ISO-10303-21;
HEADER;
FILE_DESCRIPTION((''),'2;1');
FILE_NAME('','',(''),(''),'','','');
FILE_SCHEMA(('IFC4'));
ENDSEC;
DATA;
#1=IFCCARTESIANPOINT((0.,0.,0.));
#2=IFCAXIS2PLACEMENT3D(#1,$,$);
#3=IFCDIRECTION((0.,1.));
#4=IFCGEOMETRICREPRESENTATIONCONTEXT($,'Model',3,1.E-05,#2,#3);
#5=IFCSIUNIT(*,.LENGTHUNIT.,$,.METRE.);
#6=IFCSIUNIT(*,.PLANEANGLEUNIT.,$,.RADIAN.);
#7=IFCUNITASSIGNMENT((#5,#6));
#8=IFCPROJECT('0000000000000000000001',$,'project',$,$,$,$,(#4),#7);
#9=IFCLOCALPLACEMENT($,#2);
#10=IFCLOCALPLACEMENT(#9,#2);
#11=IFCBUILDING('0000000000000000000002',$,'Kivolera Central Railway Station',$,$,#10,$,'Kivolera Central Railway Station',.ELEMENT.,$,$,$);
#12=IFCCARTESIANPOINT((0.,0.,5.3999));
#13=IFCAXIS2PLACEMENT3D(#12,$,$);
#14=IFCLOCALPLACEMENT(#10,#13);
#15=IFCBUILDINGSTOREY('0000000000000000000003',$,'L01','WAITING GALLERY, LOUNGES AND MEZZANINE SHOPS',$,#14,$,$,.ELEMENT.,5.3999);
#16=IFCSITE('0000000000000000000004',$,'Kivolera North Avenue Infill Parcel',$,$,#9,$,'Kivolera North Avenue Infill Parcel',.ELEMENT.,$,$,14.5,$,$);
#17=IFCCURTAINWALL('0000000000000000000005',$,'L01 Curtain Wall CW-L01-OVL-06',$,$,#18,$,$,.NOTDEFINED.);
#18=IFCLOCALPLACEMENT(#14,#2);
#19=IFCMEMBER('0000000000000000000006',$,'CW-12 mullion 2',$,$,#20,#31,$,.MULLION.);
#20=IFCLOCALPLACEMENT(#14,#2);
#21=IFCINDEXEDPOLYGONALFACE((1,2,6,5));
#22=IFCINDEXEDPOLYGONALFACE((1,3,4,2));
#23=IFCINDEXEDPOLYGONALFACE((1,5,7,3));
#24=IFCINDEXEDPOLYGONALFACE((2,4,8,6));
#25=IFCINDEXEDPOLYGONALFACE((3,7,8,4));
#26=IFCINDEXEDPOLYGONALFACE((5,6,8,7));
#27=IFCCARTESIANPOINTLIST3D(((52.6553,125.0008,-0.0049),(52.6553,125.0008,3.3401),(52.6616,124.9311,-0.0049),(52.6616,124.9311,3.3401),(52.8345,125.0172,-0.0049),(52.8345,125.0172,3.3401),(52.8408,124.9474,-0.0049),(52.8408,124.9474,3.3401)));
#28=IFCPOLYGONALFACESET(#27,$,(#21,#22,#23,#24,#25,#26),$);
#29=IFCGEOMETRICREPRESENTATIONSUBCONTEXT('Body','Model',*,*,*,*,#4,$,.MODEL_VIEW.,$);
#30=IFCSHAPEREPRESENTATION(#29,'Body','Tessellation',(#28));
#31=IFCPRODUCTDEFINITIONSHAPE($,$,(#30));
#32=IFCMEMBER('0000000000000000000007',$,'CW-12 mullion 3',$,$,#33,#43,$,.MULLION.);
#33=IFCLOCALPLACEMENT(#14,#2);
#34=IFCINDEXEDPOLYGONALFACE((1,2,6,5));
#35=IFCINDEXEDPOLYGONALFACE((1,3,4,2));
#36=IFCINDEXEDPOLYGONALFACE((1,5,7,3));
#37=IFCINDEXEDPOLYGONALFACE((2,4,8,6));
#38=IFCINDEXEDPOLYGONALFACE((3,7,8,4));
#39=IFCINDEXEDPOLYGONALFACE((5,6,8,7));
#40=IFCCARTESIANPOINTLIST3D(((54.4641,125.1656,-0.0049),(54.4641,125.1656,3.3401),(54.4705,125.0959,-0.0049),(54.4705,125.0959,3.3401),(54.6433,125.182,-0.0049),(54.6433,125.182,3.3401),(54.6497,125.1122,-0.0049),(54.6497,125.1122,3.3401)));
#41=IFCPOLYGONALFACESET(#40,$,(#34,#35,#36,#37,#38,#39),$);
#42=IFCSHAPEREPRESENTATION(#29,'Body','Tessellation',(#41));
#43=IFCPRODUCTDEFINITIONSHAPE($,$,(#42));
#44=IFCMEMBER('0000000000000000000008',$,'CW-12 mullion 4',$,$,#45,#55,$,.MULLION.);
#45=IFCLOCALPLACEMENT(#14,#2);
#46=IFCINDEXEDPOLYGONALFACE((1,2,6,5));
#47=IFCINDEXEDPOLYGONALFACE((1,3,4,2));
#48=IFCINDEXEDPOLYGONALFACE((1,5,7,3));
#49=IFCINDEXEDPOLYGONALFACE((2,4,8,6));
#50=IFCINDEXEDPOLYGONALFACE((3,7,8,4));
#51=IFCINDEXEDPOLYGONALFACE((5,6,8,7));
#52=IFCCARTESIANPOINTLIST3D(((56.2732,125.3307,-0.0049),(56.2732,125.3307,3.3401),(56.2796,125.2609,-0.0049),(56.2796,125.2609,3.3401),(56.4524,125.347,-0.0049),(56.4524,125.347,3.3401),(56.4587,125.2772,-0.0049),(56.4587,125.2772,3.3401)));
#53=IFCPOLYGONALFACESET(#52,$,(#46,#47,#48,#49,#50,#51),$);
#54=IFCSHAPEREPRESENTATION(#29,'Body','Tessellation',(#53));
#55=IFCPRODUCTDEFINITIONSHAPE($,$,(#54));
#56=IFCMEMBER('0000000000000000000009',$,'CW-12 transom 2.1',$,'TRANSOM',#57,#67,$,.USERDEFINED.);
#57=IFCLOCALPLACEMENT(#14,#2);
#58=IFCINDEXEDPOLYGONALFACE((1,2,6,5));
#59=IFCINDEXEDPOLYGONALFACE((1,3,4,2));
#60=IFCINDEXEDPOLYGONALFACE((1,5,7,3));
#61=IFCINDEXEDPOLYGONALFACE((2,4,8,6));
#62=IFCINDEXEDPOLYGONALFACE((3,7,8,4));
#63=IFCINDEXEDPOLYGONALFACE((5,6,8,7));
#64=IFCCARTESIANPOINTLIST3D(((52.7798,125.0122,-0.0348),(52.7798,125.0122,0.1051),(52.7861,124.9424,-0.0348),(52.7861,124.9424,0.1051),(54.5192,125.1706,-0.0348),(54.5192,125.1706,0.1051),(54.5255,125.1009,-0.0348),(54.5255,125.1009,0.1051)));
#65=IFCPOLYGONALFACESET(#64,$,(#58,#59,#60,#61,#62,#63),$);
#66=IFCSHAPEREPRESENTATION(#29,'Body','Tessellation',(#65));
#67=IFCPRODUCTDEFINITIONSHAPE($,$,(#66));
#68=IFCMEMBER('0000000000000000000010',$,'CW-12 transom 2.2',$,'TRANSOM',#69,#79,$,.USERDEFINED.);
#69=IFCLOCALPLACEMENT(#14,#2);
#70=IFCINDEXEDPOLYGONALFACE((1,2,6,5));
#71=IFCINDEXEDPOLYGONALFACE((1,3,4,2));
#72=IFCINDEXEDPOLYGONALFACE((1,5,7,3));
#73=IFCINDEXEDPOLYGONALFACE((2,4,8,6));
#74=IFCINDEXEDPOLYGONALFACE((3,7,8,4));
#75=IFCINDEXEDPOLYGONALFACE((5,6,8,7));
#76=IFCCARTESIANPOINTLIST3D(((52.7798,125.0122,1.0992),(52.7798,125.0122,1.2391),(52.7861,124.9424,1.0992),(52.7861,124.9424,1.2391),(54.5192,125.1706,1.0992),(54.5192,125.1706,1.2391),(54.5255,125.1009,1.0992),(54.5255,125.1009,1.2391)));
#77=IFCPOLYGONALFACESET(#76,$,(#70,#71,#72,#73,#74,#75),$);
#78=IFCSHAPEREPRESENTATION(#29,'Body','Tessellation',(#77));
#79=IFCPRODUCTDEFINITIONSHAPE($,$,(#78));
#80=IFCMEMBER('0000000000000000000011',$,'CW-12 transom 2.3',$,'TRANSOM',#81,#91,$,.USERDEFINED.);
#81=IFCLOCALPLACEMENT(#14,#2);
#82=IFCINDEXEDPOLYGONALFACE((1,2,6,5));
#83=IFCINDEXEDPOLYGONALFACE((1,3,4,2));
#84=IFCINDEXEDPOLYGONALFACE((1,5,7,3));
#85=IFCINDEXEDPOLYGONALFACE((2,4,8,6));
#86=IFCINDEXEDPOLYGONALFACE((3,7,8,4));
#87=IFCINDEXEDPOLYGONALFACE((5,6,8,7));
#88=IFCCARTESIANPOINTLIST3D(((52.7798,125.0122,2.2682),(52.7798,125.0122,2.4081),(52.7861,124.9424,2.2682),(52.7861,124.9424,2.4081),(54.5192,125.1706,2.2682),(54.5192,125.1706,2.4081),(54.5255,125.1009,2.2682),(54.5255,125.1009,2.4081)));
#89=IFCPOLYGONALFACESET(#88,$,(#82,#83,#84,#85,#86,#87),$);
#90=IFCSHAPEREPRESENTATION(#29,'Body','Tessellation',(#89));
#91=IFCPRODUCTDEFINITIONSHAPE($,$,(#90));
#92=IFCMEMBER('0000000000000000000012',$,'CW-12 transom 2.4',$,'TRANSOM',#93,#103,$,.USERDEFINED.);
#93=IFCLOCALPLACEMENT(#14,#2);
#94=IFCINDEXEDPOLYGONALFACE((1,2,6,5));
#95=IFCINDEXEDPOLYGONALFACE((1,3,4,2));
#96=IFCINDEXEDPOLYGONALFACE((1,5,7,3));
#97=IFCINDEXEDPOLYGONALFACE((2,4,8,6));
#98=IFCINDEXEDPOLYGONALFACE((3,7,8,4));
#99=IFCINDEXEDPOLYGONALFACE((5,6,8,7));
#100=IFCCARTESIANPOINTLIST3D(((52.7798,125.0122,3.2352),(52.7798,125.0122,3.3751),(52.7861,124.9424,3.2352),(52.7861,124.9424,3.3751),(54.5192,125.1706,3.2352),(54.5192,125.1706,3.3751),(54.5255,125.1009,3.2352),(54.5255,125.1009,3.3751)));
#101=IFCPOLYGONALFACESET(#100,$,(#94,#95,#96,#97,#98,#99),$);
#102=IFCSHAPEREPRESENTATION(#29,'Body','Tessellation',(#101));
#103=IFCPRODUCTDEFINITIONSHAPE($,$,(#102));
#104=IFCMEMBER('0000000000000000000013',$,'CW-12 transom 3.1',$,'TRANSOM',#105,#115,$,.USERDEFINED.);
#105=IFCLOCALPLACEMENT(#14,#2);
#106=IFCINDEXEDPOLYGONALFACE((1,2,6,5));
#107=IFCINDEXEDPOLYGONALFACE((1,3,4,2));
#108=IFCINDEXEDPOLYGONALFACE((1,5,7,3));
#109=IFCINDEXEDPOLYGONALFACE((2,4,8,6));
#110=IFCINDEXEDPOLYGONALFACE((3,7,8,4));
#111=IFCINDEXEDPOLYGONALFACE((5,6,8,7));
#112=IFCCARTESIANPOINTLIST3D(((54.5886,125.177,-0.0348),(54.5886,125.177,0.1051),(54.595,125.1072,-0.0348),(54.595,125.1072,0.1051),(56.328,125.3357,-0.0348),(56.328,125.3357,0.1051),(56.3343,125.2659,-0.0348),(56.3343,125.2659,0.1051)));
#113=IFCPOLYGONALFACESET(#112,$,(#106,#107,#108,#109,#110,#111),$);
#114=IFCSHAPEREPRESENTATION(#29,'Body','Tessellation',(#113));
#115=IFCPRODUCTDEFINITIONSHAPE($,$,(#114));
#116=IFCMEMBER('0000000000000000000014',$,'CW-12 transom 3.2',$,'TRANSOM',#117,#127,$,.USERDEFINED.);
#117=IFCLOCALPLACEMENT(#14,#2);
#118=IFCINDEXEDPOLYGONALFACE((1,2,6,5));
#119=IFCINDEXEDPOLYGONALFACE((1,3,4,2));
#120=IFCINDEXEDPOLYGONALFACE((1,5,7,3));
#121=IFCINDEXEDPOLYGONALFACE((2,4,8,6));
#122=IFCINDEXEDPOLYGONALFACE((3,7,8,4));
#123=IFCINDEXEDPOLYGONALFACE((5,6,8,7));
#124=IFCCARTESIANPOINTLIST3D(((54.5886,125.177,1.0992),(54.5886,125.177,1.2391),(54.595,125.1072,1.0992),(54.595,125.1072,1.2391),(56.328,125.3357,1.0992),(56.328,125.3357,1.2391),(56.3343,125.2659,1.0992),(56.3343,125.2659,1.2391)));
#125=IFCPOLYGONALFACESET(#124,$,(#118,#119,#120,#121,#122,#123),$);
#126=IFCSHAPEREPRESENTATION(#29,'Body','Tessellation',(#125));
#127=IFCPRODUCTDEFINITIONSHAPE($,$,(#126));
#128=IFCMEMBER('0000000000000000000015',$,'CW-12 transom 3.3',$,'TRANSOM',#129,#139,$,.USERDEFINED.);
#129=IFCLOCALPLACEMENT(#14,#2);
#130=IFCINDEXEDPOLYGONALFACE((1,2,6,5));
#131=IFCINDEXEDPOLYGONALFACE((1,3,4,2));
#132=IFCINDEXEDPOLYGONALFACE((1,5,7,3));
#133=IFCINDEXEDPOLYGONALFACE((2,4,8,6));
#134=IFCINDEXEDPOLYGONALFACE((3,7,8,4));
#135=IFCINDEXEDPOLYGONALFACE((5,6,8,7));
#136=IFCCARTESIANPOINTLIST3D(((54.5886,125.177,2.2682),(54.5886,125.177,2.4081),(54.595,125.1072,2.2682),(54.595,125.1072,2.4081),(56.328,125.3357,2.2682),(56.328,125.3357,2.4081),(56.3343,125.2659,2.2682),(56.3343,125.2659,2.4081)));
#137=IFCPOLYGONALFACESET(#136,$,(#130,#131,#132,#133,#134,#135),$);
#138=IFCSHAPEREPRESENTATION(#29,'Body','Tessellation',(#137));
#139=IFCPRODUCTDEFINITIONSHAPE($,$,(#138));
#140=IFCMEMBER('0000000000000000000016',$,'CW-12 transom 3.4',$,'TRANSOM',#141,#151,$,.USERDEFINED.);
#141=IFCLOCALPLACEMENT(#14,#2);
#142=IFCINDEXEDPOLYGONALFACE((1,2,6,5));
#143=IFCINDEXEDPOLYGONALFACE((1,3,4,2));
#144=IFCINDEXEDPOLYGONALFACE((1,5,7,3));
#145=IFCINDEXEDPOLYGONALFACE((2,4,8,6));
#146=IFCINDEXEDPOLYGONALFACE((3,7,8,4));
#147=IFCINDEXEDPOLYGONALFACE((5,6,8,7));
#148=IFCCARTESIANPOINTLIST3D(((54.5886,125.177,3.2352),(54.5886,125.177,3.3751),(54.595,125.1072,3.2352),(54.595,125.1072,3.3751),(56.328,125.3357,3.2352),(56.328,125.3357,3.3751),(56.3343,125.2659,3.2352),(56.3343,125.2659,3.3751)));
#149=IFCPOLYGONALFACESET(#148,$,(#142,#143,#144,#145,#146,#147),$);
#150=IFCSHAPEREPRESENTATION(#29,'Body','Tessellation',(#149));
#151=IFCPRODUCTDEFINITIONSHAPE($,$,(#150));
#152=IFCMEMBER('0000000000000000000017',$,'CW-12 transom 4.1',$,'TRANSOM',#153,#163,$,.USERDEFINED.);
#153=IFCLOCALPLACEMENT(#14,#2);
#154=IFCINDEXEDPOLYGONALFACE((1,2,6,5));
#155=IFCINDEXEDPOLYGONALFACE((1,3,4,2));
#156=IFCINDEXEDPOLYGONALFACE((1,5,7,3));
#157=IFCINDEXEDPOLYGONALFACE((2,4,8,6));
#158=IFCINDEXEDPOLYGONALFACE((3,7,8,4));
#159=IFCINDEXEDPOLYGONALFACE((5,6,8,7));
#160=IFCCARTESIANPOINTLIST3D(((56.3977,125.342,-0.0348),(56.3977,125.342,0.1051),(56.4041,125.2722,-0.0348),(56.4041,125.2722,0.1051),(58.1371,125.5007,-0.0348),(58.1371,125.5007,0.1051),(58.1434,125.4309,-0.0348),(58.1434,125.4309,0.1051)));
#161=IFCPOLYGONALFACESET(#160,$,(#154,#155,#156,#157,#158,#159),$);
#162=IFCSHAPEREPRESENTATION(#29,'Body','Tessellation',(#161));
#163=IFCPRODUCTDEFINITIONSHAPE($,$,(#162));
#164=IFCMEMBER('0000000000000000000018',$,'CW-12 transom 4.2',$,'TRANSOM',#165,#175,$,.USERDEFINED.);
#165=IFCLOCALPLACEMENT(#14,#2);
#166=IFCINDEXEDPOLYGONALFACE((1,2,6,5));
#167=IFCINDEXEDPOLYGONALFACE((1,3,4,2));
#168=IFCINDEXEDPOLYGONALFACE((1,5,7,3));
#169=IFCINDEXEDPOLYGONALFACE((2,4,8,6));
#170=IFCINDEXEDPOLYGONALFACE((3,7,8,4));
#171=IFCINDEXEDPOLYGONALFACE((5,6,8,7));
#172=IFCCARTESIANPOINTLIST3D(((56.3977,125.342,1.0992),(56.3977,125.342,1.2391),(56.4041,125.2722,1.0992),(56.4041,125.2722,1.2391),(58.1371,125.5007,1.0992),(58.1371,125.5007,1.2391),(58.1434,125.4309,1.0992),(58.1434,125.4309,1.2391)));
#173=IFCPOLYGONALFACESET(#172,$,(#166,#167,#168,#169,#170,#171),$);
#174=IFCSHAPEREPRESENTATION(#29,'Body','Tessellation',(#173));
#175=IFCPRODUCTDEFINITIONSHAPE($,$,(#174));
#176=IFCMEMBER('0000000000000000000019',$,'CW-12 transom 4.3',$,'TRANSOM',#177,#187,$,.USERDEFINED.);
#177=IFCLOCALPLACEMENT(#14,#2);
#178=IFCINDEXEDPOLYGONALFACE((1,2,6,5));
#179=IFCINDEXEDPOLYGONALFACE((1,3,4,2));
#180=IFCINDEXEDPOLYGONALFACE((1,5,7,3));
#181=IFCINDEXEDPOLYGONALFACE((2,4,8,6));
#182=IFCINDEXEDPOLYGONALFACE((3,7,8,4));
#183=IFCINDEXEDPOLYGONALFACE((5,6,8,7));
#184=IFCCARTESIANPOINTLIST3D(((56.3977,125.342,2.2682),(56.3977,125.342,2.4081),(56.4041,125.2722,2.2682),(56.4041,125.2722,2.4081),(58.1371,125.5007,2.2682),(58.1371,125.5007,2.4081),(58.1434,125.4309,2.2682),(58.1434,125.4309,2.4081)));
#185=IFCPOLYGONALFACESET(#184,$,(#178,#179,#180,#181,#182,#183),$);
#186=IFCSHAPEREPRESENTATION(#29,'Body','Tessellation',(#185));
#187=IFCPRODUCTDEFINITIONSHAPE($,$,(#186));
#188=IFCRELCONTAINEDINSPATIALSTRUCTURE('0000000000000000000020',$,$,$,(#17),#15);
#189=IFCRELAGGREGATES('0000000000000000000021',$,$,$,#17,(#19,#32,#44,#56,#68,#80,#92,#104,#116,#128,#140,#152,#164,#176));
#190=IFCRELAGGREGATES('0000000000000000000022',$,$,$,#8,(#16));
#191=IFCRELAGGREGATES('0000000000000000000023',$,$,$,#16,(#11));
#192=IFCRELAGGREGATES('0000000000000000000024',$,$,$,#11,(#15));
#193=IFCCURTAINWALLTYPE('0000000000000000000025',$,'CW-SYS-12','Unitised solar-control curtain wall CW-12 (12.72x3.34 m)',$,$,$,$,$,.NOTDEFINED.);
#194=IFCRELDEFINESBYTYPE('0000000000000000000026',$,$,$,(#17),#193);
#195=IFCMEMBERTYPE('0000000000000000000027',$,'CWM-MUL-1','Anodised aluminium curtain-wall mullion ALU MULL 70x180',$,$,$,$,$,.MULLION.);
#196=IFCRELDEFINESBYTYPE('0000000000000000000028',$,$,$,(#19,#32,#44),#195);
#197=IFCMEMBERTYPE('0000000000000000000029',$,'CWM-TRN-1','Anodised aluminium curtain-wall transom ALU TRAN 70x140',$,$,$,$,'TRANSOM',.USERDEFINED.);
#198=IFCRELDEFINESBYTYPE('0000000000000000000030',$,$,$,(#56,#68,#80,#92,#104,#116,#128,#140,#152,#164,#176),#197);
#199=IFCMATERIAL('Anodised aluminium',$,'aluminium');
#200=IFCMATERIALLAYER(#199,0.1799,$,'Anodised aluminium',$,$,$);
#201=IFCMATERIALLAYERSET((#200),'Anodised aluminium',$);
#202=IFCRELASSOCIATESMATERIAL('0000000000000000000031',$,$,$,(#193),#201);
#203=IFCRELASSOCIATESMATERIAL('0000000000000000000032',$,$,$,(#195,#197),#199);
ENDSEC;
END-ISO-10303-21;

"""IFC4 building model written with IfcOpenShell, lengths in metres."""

from ifc_helpers import new_model, si_unit, direction, frame, origin, origin_2d, place, context, subcontext, project, spatial, rectangle, extrude, material, layer, layer_set, material_profile, profile_set, type_object, element, aggregate, save


model = new_model("IFC4")

# Units and contexts
model_context = context("Model", 3, precision=1e-05, world=origin(), true_north=direction((0.0, 1.0)))
body_context = subcontext(model_context, "Body", "Model", "MODEL_VIEW")
ifc_project = project(units=[si_unit("LENGTHUNIT", "METRE"), si_unit("PLANEANGLEUNIT", "RADIAN")], contexts=[model_context])

# Site, building, storey
site_placement = place(None, origin())
site = spatial("IfcSite", under=ifc_project, at=site_placement, Name="Kivolera North Avenue Infill Parcel", LongName="Kivolera North Avenue Infill Parcel", CompositionType="ELEMENT", RefElevation=14.5)
building_placement = place(site_placement, origin())
building = spatial("IfcBuilding", under=site, at=building_placement, Name="Kivolera Central Railway Station", LongName="Kivolera Central Railway Station", CompositionType="ELEMENT")
storey_placement = place(building_placement, frame((0.0, 0.0, 5.3999)))
storey = spatial("IfcBuildingStorey", under=building, at=storey_placement, Name="L01", Description="WAITING GALLERY, LOUNGES AND MEZZANINE SHOPS", CompositionType="ELEMENT", Elevation=5.3999)

# Curtain wall, members
ifc_material_1 = material(Name="Anodised aluminium", Category="aluminium")
ifc_layer_1 = layer(ifc_material_1, 0.1799, Name="Anodised aluminium")
ifc_layer_set_1 = layer_set([ifc_layer_1], Name="Anodised aluminium")
curtain_wall_type = type_object("IfcCurtainWallType", Name="CW-SYS-12", Description="Unitised solar-control curtain wall CW-12 (12.72x3.34 m)", PredefinedType="NOTDEFINED", material=ifc_layer_set_1)
curtain_wall_placement = place(storey_placement, origin())
curtain_wall = element("IfcCurtainWall", 1, at=curtain_wall_placement, inside=storey, type_object=curtain_wall_type, Name="L01 Curtain Wall CW-L01-OVL-06", PredefinedType="NOTDEFINED")
ifc_material_profile_1 = material_profile(ifc_material_1, rectangle(XDim=0.0701, YDim=0.1799, at=origin_2d()), Name="ALU MULL 70x180")
ifc_profile_set_1 = profile_set([ifc_material_profile_1], Name="Anodised aluminium")
member_type_1 = type_object("IfcMemberType", Name="CWM-MUL-1", Description="Anodised aluminium curtain-wall mullion ALU MULL 70x180", PredefinedType="MULLION", material=ifc_profile_set_1)
member_1_placement = place(storey_placement, frame((52.748, 124.9741, -0.0049), z_axis=(0.0, 0.0, 1.0), x_axis=(-0.090834, 0.995866, 0.0)))
member_1 = element("IfcMember", 2, at=member_1_placement, type_object=member_type_1, Name="CW-12 mullion 2", PredefinedType="MULLION", context=body_context, shape_type="SweptSolid", body=[
    extrude(rectangle(XDim=0.0701, YDim=0.1799, at=origin_2d()), origin(), (0.0, 0.0, 1.0), 3.345),
])
member_2_placement = place(storey_placement, frame((54.5569, 125.1389, -0.0049), z_axis=(0.0, 0.0, 1.0), x_axis=(-0.090834, 0.995866, 0.0)))
member_2 = element("IfcMember", 3, at=member_2_placement, type_object=member_type_1, Name="CW-12 mullion 3", PredefinedType="MULLION", context=body_context, shape_type="SweptSolid", body=[
    extrude(rectangle(XDim=0.0701, YDim=0.1799, at=origin_2d()), origin(), (0.0, 0.0, 1.0), 3.345),
])
member_3_placement = place(storey_placement, frame((56.366, 125.304, -0.0049), z_axis=(0.0, 0.0, 1.0), x_axis=(-0.090834, 0.995866, 0.0)))
member_3 = element("IfcMember", 4, at=member_3_placement, type_object=member_type_1, Name="CW-12 mullion 4", PredefinedType="MULLION", context=body_context, shape_type="SweptSolid", body=[
    extrude(rectangle(XDim=0.0701, YDim=0.1799, at=origin_2d()), origin(), (0.0, 0.0, 1.0), 3.345),
])
ifc_material_profile_2 = material_profile(ifc_material_1, rectangle(XDim=0.0701, YDim=0.1399, at=origin_2d()), Name="ALU TRAN 70x140")
ifc_profile_set_2 = profile_set([ifc_material_profile_2], Name="Anodised aluminium")
member_type_2 = type_object("IfcMemberType", Name="CWM-TRN-1", Description="Anodised aluminium curtain-wall transom ALU TRAN 70x140", ElementType="TRANSOM", PredefinedType="USERDEFINED", material=ifc_profile_set_2)
member_4_placement = place(storey_placement, frame((52.783, 124.9773, 0.0352), z_axis=(0.995876, 0.090725, 0.0), x_axis=(-0.090725, 0.995876, 0.0)))
member_4 = element("IfcMember", 5, at=member_4_placement, type_object=member_type_2, Name="CW-12 transom 2.1", ObjectType="TRANSOM", PredefinedType="USERDEFINED", context=body_context, shape_type="SweptSolid", body=[
    extrude(rectangle(XDim=0.0701, YDim=0.1399, at=origin_2d()), origin(), (0.0, 0.0, 1.0), 1.7466),
])
member_5_placement = place(storey_placement, frame((52.783, 124.9773, 1.1692), z_axis=(0.995876, 0.090725, 0.0), x_axis=(-0.090725, 0.995876, 0.0)))
member_5 = element("IfcMember", 6, at=member_5_placement, type_object=member_type_2, Name="CW-12 transom 2.2", ObjectType="TRANSOM", PredefinedType="USERDEFINED", context=body_context, shape_type="SweptSolid", body=[
    extrude(rectangle(XDim=0.0701, YDim=0.1399, at=origin_2d()), origin(), (0.0, 0.0, 1.0), 1.7466),
])
member_6_placement = place(storey_placement, frame((52.783, 124.9773, 2.3381), z_axis=(0.995876, 0.090725, 0.0), x_axis=(-0.090725, 0.995876, 0.0)))
member_6 = element("IfcMember", 7, at=member_6_placement, type_object=member_type_2, Name="CW-12 transom 2.3", ObjectType="TRANSOM", PredefinedType="USERDEFINED", context=body_context, shape_type="SweptSolid", body=[
    extrude(rectangle(XDim=0.0701, YDim=0.1399, at=origin_2d()), origin(), (0.0, 0.0, 1.0), 1.7466),
])
member_7_placement = place(storey_placement, frame((52.783, 124.9773, 3.3052), z_axis=(0.995876, 0.090725, 0.0), x_axis=(-0.090725, 0.995876, 0.0)))
member_7 = element("IfcMember", 8, at=member_7_placement, type_object=member_type_2, Name="CW-12 transom 2.4", ObjectType="TRANSOM", PredefinedType="USERDEFINED", context=body_context, shape_type="SweptSolid", body=[
    extrude(rectangle(XDim=0.0701, YDim=0.1399, at=origin_2d()), origin(), (0.0, 0.0, 1.0), 1.7466),
])
member_8_placement = place(storey_placement, frame((54.5918, 125.1421, 0.0352), z_axis=(0.995863, 0.090863, 0.0), x_axis=(-0.090863, 0.995863, 0.0)))
member_8 = element("IfcMember", 9, at=member_8_placement, type_object=member_type_2, Name="CW-12 transom 3.1", ObjectType="TRANSOM", PredefinedType="USERDEFINED", context=body_context, shape_type="SweptSolid", body=[
    extrude(rectangle(XDim=0.0701, YDim=0.1399, at=origin_2d()), origin(), (0.0, 0.0, 1.0), 1.7466),
])
member_9_placement = place(storey_placement, frame((54.5918, 125.1421, 1.1692), z_axis=(0.995863, 0.090863, 0.0), x_axis=(-0.090863, 0.995863, 0.0)))
member_9 = element("IfcMember", 10, at=member_9_placement, type_object=member_type_2, Name="CW-12 transom 3.2", ObjectType="TRANSOM", PredefinedType="USERDEFINED", context=body_context, shape_type="SweptSolid", body=[
    extrude(rectangle(XDim=0.0701, YDim=0.1399, at=origin_2d()), origin(), (0.0, 0.0, 1.0), 1.7466),
])
member_10_placement = place(storey_placement, frame((54.5918, 125.1421, 2.3381), z_axis=(0.995863, 0.090863, 0.0), x_axis=(-0.090863, 0.995863, 0.0)))
member_10 = element("IfcMember", 11, at=member_10_placement, type_object=member_type_2, Name="CW-12 transom 3.3", ObjectType="TRANSOM", PredefinedType="USERDEFINED", context=body_context, shape_type="SweptSolid", body=[
    extrude(rectangle(XDim=0.0701, YDim=0.1399, at=origin_2d()), origin(), (0.0, 0.0, 1.0), 1.7466),
])
member_11_placement = place(storey_placement, frame((54.5918, 125.1421, 3.3052), z_axis=(0.995863, 0.090863, 0.0), x_axis=(-0.090863, 0.995863, 0.0)))
member_11 = element("IfcMember", 12, at=member_11_placement, type_object=member_type_2, Name="CW-12 transom 3.4", ObjectType="TRANSOM", PredefinedType="USERDEFINED", context=body_context, shape_type="SweptSolid", body=[
    extrude(rectangle(XDim=0.0701, YDim=0.1399, at=origin_2d()), origin(), (0.0, 0.0, 1.0), 1.7466),
])
member_12_placement = place(storey_placement, frame((56.4009, 125.3071, 0.0352), z_axis=(0.995863, 0.090863, 0.0), x_axis=(-0.090863, 0.995863, 0.0)))
member_12 = element("IfcMember", 13, at=member_12_placement, type_object=member_type_2, Name="CW-12 transom 4.1", ObjectType="TRANSOM", PredefinedType="USERDEFINED", context=body_context, shape_type="SweptSolid", body=[
    extrude(rectangle(XDim=0.0701, YDim=0.1399, at=origin_2d()), origin(), (0.0, 0.0, 1.0), 1.7466),
])
member_13_placement = place(storey_placement, frame((56.4009, 125.3071, 1.1692), z_axis=(0.995863, 0.090863, 0.0), x_axis=(-0.090863, 0.995863, 0.0)))
member_13 = element("IfcMember", 14, at=member_13_placement, type_object=member_type_2, Name="CW-12 transom 4.2", ObjectType="TRANSOM", PredefinedType="USERDEFINED", context=body_context, shape_type="SweptSolid", body=[
    extrude(rectangle(XDim=0.0701, YDim=0.1399, at=origin_2d()), origin(), (0.0, 0.0, 1.0), 1.7466),
])
member_14_placement = place(storey_placement, frame((56.4009, 125.3071, 2.3381), z_axis=(0.995863, 0.090863, 0.0), x_axis=(-0.090863, 0.995863, 0.0)))
member_14 = element("IfcMember", 15, at=member_14_placement, type_object=member_type_2, Name="CW-12 transom 4.3", ObjectType="TRANSOM", PredefinedType="USERDEFINED", context=body_context, shape_type="SweptSolid", body=[
    extrude(rectangle(XDim=0.0701, YDim=0.1399, at=origin_2d()), origin(), (0.0, 0.0, 1.0), 1.7466),
])
aggregate(curtain_wall, [member_1, member_2, member_3, member_4, member_5, member_6, member_7, member_8, member_9, member_10, member_11, member_12, member_13, member_14])

save(model, "model.ifc")
